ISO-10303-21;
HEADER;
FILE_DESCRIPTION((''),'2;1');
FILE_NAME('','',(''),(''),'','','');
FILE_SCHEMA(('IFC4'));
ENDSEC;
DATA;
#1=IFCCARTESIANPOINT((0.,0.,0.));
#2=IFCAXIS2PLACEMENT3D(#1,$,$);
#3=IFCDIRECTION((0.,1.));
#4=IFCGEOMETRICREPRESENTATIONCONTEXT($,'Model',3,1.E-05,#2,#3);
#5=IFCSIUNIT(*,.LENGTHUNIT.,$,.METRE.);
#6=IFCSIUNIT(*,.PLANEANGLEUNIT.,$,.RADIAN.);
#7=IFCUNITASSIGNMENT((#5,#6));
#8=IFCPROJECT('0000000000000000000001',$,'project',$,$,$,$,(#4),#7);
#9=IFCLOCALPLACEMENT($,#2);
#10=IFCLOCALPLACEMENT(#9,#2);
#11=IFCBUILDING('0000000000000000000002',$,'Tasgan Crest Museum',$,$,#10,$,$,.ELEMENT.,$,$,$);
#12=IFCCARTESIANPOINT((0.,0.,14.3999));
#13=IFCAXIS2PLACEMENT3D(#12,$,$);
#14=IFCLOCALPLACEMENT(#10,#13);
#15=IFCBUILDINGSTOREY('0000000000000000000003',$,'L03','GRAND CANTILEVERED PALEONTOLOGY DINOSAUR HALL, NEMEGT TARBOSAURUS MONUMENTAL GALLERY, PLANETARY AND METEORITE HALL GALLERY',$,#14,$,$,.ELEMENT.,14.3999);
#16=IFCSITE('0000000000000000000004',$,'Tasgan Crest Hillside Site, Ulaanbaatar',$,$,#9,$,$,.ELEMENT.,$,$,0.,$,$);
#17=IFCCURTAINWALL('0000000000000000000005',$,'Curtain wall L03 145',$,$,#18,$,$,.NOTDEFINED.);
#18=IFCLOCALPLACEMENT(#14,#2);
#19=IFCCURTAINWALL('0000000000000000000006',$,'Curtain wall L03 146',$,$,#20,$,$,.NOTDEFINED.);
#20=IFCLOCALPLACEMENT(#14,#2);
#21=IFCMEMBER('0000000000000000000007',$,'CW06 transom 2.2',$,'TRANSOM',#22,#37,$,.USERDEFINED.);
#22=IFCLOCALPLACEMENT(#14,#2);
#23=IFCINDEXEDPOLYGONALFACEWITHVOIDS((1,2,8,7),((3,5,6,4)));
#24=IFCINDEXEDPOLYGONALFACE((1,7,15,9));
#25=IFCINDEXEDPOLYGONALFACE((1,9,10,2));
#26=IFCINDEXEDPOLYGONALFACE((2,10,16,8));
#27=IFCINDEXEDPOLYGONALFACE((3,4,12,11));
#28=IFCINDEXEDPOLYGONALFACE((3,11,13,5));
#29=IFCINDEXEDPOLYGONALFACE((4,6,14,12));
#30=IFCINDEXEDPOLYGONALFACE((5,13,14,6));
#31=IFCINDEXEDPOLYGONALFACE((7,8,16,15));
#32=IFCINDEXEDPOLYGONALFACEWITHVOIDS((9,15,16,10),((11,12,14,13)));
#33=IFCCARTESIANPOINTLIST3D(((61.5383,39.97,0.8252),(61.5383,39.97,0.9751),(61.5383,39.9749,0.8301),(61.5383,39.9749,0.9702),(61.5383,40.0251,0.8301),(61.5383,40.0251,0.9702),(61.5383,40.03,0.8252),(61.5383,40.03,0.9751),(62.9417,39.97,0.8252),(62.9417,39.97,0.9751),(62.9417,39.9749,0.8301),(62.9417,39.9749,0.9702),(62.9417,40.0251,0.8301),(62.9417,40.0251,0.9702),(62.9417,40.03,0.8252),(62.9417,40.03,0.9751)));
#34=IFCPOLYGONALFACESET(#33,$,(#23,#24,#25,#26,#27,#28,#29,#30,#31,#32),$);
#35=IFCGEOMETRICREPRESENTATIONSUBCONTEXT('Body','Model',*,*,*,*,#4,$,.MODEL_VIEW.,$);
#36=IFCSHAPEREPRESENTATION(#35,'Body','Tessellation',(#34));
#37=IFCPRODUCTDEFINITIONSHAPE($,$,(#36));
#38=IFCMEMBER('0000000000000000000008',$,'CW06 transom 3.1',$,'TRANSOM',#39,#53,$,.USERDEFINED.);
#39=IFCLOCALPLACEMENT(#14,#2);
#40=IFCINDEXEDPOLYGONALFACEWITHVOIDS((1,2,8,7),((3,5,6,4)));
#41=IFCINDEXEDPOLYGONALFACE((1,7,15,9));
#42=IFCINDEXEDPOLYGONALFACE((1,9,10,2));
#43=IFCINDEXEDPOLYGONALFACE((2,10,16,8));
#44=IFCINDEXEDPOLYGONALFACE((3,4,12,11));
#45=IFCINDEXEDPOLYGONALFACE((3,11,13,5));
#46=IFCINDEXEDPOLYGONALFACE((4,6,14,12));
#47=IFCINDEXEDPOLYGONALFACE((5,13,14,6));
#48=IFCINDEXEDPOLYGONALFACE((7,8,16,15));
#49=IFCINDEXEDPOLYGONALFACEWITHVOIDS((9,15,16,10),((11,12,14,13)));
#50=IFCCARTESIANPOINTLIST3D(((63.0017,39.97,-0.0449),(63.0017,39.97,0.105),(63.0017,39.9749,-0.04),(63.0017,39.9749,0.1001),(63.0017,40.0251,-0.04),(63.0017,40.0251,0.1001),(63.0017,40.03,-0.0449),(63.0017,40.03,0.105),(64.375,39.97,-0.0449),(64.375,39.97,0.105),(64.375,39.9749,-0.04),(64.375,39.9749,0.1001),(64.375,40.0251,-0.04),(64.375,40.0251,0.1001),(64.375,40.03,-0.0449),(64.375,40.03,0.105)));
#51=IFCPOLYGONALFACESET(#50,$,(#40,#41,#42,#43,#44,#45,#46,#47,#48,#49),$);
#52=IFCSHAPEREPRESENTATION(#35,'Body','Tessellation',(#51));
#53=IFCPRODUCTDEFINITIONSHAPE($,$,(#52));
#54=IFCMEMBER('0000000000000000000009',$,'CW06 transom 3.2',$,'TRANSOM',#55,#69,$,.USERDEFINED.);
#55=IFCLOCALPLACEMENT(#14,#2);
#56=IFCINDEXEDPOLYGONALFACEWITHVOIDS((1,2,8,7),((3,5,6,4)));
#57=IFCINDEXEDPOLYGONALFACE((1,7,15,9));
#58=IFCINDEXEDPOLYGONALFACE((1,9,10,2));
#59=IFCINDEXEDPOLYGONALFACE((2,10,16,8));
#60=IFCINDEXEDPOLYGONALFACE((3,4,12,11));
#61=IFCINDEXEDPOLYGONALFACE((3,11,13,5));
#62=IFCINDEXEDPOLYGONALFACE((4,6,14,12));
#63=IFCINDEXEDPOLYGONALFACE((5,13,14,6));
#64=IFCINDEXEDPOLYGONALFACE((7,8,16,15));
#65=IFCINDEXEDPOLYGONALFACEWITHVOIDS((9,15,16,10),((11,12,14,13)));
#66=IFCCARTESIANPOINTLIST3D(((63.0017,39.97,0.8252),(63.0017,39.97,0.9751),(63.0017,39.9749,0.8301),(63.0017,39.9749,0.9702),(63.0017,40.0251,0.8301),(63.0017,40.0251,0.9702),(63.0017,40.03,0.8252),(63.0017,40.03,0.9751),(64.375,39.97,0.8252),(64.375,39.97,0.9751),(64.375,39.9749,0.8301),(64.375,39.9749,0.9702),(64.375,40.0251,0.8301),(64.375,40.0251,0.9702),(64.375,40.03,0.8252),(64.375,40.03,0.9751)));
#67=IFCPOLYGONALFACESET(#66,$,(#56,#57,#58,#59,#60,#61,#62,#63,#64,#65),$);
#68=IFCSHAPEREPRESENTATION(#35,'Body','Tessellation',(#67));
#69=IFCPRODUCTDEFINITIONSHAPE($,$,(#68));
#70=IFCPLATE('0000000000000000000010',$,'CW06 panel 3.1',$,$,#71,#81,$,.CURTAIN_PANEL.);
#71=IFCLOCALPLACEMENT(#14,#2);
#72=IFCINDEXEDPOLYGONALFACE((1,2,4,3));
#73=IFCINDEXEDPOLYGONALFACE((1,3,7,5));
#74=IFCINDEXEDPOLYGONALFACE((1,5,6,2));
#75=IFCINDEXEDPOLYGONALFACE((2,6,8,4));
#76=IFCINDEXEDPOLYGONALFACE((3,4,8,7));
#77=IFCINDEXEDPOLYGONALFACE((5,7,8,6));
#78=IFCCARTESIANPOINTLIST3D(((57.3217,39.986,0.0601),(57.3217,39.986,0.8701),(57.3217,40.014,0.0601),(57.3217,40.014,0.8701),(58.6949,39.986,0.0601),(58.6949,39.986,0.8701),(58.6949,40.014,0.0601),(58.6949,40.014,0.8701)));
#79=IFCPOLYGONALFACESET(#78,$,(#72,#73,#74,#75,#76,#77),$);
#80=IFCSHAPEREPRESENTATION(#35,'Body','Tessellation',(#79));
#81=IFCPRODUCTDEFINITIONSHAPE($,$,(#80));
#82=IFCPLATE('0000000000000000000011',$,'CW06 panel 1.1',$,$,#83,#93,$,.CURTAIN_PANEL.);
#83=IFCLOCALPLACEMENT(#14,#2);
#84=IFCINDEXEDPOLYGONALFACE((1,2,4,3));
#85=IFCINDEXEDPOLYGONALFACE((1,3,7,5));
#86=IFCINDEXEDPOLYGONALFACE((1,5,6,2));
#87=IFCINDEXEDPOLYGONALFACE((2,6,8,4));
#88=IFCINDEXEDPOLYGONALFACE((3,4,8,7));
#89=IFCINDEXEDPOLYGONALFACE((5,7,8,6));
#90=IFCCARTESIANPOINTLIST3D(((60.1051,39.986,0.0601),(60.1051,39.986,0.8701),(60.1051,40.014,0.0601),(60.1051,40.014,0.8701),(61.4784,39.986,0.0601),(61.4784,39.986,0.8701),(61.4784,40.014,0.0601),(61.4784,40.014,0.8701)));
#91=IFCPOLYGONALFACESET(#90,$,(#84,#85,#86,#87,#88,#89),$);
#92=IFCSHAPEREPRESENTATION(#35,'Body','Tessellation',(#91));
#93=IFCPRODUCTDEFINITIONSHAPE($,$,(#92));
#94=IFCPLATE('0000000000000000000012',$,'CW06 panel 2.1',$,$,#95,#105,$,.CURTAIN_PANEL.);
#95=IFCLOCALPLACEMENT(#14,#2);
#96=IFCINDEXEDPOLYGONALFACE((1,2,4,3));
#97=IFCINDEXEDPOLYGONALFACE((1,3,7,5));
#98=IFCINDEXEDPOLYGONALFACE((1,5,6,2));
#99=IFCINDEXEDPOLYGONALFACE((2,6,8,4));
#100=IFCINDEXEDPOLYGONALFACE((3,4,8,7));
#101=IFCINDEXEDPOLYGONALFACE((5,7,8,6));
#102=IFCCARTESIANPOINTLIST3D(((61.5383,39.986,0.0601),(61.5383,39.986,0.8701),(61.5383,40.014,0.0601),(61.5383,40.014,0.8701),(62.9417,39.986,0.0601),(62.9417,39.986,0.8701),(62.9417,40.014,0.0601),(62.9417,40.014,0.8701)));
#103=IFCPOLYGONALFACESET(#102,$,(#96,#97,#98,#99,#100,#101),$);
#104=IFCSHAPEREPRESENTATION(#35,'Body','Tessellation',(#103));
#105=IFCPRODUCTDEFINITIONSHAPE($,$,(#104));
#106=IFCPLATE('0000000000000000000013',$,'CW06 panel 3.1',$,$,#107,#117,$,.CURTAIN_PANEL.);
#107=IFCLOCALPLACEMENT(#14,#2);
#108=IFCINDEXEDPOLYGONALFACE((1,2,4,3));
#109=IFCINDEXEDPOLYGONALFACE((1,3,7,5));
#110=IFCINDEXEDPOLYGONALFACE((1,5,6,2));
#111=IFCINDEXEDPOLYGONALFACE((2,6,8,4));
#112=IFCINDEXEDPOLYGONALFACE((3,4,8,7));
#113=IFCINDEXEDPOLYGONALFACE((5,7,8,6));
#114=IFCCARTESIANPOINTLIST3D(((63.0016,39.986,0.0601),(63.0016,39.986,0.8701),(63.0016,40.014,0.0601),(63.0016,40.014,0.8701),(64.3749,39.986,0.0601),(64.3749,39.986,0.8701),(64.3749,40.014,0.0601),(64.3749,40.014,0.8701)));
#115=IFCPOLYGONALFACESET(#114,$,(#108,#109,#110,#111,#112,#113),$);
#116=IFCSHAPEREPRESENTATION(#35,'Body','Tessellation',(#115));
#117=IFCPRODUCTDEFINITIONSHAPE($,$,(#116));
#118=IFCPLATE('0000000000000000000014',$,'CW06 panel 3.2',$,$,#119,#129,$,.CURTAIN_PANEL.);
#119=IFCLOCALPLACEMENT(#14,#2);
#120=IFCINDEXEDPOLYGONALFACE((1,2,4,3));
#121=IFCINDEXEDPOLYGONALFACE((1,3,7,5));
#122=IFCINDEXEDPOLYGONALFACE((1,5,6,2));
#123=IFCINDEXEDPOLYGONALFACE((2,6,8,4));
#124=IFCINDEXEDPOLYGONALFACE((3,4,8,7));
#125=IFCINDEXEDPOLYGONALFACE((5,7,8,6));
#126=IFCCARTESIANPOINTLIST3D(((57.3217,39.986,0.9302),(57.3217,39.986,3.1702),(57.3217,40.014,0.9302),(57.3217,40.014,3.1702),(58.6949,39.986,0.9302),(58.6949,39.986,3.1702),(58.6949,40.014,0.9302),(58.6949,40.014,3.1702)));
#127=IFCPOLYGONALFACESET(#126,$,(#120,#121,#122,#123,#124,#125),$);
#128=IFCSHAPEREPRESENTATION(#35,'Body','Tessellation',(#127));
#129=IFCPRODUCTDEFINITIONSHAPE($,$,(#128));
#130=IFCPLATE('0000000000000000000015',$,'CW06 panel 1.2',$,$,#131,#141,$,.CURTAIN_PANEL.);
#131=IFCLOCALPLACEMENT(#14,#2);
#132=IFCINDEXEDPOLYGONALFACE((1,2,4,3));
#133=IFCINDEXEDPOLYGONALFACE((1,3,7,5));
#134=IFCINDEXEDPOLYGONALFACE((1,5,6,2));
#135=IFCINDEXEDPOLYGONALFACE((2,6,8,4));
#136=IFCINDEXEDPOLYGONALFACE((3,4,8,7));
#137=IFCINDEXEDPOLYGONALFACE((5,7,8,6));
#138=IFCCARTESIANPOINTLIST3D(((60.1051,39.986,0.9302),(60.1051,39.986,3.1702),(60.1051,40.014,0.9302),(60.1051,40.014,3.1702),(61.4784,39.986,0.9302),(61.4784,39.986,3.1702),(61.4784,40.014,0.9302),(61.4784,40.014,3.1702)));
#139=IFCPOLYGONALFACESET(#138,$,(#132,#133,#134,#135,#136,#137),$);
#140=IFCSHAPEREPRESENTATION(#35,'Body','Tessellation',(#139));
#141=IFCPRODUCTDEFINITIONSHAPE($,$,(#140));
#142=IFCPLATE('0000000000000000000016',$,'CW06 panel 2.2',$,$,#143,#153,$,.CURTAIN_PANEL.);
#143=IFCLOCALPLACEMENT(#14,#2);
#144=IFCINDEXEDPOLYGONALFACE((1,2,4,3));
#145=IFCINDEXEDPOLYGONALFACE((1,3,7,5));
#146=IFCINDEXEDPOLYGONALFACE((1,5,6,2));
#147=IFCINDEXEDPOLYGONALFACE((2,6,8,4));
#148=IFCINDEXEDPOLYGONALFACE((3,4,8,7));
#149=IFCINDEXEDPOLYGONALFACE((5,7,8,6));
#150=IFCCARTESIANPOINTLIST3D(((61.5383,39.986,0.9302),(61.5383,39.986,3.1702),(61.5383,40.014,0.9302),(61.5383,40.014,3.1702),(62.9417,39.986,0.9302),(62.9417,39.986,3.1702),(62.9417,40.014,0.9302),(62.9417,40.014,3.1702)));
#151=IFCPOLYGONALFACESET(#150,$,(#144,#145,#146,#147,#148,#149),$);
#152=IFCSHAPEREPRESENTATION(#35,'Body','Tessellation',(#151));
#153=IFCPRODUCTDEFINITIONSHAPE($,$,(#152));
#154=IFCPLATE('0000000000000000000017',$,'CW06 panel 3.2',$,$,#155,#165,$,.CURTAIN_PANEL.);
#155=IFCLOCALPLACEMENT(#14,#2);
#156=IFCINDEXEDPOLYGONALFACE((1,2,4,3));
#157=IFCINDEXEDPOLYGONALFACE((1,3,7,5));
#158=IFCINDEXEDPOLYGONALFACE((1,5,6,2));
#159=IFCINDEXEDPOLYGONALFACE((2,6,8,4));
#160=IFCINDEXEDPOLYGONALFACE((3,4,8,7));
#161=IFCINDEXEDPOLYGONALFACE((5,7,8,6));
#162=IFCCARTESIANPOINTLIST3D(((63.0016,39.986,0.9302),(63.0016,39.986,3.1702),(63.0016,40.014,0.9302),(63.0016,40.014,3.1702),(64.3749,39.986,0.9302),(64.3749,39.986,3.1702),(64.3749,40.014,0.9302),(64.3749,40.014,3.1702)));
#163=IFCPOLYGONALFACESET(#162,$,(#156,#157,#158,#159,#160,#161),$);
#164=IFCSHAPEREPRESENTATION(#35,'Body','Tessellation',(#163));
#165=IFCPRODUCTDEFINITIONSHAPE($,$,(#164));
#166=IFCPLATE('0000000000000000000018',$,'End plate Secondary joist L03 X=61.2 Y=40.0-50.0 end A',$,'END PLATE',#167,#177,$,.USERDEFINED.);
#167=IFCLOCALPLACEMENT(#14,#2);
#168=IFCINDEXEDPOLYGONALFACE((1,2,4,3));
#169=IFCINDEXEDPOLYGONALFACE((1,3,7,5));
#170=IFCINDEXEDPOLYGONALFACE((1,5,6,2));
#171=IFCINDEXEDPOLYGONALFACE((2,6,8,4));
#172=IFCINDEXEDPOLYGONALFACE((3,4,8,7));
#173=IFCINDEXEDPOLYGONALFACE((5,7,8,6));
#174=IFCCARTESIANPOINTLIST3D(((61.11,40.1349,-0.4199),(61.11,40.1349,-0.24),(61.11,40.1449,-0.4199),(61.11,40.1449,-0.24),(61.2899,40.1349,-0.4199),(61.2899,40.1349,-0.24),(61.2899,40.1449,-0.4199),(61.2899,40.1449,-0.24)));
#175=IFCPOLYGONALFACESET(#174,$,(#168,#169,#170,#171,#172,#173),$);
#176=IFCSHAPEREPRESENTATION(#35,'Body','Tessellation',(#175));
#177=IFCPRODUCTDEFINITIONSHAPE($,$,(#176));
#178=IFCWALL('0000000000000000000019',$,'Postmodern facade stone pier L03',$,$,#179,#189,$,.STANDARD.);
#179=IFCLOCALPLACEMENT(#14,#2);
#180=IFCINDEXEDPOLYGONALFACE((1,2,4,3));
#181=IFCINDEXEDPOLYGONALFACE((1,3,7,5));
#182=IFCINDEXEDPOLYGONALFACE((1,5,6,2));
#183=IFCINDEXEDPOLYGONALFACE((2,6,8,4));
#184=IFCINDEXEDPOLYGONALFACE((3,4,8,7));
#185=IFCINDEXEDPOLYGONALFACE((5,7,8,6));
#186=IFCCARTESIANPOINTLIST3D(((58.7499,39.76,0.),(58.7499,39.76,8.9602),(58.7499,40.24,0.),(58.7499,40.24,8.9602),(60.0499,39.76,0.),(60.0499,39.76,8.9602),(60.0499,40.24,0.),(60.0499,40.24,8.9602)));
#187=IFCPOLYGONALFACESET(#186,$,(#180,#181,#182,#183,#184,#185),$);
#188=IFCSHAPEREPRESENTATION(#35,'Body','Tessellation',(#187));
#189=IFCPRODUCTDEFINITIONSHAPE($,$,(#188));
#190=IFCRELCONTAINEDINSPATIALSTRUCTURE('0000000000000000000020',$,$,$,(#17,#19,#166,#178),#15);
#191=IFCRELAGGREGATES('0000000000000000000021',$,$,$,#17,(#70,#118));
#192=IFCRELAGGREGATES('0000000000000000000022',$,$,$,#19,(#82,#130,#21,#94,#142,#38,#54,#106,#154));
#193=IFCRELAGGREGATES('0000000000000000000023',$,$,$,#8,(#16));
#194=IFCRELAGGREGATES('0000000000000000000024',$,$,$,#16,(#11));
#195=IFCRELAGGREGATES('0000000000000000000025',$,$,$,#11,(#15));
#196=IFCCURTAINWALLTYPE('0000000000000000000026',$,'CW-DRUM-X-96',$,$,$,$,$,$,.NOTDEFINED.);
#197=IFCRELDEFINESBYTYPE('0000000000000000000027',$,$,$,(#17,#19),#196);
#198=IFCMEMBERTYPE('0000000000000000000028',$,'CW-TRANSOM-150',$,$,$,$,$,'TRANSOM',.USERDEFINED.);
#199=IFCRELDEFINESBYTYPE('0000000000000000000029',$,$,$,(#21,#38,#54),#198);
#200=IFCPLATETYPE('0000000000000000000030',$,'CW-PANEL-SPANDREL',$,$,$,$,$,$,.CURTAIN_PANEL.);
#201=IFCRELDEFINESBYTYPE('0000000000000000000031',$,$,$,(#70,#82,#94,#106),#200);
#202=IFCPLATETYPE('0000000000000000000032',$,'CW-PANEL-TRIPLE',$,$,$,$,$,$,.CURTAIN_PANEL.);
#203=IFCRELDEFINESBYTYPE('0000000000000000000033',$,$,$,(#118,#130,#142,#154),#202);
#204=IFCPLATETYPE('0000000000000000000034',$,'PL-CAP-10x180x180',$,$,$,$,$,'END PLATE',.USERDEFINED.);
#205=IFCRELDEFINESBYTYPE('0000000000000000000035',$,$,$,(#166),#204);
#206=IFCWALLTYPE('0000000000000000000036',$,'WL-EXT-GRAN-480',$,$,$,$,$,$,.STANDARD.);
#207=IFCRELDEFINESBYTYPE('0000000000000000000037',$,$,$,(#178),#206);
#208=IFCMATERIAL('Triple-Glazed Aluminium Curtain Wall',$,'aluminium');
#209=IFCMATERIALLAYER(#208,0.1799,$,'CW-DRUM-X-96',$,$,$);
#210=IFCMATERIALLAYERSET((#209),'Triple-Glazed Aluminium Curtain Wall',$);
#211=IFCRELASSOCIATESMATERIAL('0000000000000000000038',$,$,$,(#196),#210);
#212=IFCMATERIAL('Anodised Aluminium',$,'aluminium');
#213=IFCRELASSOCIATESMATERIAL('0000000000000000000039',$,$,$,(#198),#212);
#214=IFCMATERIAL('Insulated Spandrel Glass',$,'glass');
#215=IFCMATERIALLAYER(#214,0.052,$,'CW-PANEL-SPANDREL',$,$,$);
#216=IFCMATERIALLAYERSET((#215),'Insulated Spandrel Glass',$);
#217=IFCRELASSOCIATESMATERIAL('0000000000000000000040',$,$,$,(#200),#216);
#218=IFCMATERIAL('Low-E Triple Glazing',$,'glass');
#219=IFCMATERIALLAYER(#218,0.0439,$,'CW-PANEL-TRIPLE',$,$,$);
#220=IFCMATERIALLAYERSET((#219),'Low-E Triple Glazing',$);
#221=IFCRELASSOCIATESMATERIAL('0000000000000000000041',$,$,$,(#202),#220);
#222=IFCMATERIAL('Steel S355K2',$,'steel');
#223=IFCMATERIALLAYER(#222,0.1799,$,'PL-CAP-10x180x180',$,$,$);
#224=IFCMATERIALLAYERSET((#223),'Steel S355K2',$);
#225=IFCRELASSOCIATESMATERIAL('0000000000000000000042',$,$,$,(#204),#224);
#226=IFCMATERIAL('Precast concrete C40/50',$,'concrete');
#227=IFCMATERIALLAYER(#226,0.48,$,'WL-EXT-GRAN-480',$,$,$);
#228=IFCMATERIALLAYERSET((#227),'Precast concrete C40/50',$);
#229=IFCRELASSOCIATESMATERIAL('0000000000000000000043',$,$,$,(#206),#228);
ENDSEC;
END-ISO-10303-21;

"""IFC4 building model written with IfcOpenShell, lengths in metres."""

from ifc_helpers import new_model, si_unit, direction, frame, frame_2d, origin, origin_2d, place, context, subcontext, project, spatial, rectangle, hollow_rectangle, extrude, material, layer, layer_set, material_profile, profile_set, type_object, element, aggregate, save


model = new_model("IFC4")

# Units and contexts
model_context = context("Model", 3, precision=1e-05, world=origin(), true_north=direction((0.0, 1.0)))
body_context = subcontext(model_context, "Body", "Model", "MODEL_VIEW")
ifc_project = project(units=[si_unit("LENGTHUNIT", "METRE"), si_unit("PLANEANGLEUNIT", "RADIAN")], contexts=[model_context])

# Site, building, storey
site_placement = place(None, origin())
site = spatial("IfcSite", under=ifc_project, at=site_placement, Name="Tasgan Crest Hillside Site, Ulaanbaatar", CompositionType="ELEMENT", RefElevation=0.0)
building_placement = place(site_placement, origin())
building = spatial("IfcBuilding", under=site, at=building_placement, Name="Tasgan Crest Museum", CompositionType="ELEMENT")
storey_placement = place(building_placement, frame((0.0, 0.0, 14.3999)))
storey = spatial("IfcBuildingStorey", under=building, at=storey_placement, Name="L03", Description="GRAND CANTILEVERED PALEONTOLOGY DINOSAUR HALL, NEMEGT TARBOSAURUS MONUMENTAL GALLERY, PLANETARY AND METEORITE HALL GALLERY", CompositionType="ELEMENT", Elevation=14.3999)

# Curtain wall
ifc_material_1 = material(Name="Triple-Glazed Aluminium Curtain Wall", Category="aluminium")
ifc_layer_1 = layer(ifc_material_1, 0.1799, Name="CW-DRUM-X-96")
ifc_layer_set_1 = layer_set([ifc_layer_1], Name="Triple-Glazed Aluminium Curtain Wall")
curtain_wall_type = type_object("IfcCurtainWallType", Name="CW-DRUM-X-96", PredefinedType="NOTDEFINED", material=ifc_layer_set_1)
curtain_wall_1_placement = place(storey_placement, origin())
curtain_wall_1 = element("IfcCurtainWall", 1, at=curtain_wall_1_placement, inside=storey, type_object=curtain_wall_type, Name="Curtain wall L03 145", PredefinedType="NOTDEFINED")

# Curtain wall, members
curtain_wall_2_placement = place(storey_placement, origin())
curtain_wall_2 = element("IfcCurtainWall", 2, at=curtain_wall_2_placement, inside=storey, type_object=curtain_wall_type, Name="Curtain wall L03 146", PredefinedType="NOTDEFINED")
ifc_material_2 = material(Name="Anodised Aluminium", Category="aluminium")
ifc_material_profile_1 = material_profile(ifc_material_2, hollow_rectangle(XDim=0.0601, YDim=0.1499, WallThickness=0.0049, at=origin_2d()), Name="ALU TRANSOM 150x60x5")
ifc_profile_set_1 = profile_set([ifc_material_profile_1], Name="Anodised Aluminium")
member_type_1 = type_object("IfcMemberType", Name="CW-TRANSOM-150", ElementType="TRANSOM", PredefinedType="USERDEFINED", material=ifc_profile_set_1)
member_1_placement = place(storey_placement, frame((61.5383, 40.0, 0.9001), z_axis=(1.0, 0.0, 0.0), x_axis=(0.0, 1.0, 0.0)))
member_1 = element("IfcMember", 3, at=member_1_placement, type_object=member_type_1, Name="CW06 transom 2.2", ObjectType="TRANSOM", PredefinedType="USERDEFINED", context=body_context, shape_type="SweptSolid", body=[
    extrude(hollow_rectangle(XDim=0.0601, YDim=0.1499, WallThickness=0.0049, at=origin_2d()), origin(), (0.0, 0.0, 1.0), 1.4033),
])
member_2_placement = place(storey_placement, frame((63.0017, 40.0, 0.03), z_axis=(1.0, 0.0, 0.0), x_axis=(0.0, 1.0, 0.0)))
member_2 = element("IfcMember", 4, at=member_2_placement, type_object=member_type_1, Name="CW06 transom 3.1", ObjectType="TRANSOM", PredefinedType="USERDEFINED", context=body_context, shape_type="SweptSolid", body=[
    extrude(hollow_rectangle(XDim=0.0601, YDim=0.1499, WallThickness=0.0049, at=origin_2d()), origin(), (0.0, 0.0, 1.0), 1.3733),
])
member_3_placement = place(storey_placement, frame((63.0017, 40.0, 0.9001), z_axis=(1.0, 0.0, 0.0), x_axis=(0.0, 1.0, 0.0)))
member_3 = element("IfcMember", 5, at=member_3_placement, type_object=member_type_1, Name="CW06 transom 3.2", ObjectType="TRANSOM", PredefinedType="USERDEFINED", context=body_context, shape_type="SweptSolid", body=[
    extrude(hollow_rectangle(XDim=0.0601, YDim=0.1499, WallThickness=0.0049, at=origin_2d()), origin(), (0.0, 0.0, 1.0), 1.3733),
])

# Plates
ifc_material_3 = material(Name="Insulated Spandrel Glass", Category="glass")
ifc_layer_2 = layer(ifc_material_3, 0.052, Name="CW-PANEL-SPANDREL")
ifc_layer_set_2 = layer_set([ifc_layer_2], Name="Insulated Spandrel Glass")
plate_type_1 = type_object("IfcPlateType", Name="CW-PANEL-SPANDREL", PredefinedType="CURTAIN_PANEL", material=ifc_layer_set_2)
plate_1_placement = place(storey_placement, frame((58.0083, 40.0, 0.0601), z_axis=(0.0, 0.0, 1.0), x_axis=(1.0, 0.0, 0.0)))
plate_1 = element("IfcPlate", 6, at=plate_1_placement, type_object=plate_type_1, Name="CW06 panel 3.1", PredefinedType="CURTAIN_PANEL", context=body_context, shape_type="SweptSolid", body=[
    extrude(rectangle(XDim=1.3733, YDim=0.0281, at=origin_2d()), origin(), (0.0, 0.0, 1.0), 0.8101),
])
plate_2_placement = place(storey_placement, frame((60.7917, 40.0, 0.0601), z_axis=(0.0, 0.0, 1.0), x_axis=(1.0, 0.0, 0.0)))
plate_2 = element("IfcPlate", 7, at=plate_2_placement, type_object=plate_type_1, Name="CW06 panel 1.1", PredefinedType="CURTAIN_PANEL", context=body_context, shape_type="SweptSolid", body=[
    extrude(rectangle(XDim=1.3733, YDim=0.0281, at=origin_2d()), origin(), (0.0, 0.0, 1.0), 0.8101),
])
plate_3_placement = place(storey_placement, frame((62.24, 40.0, 0.0601), z_axis=(0.0, 0.0, 1.0), x_axis=(1.0, 0.0, 0.0)))
plate_3 = element("IfcPlate", 8, at=plate_3_placement, type_object=plate_type_1, Name="CW06 panel 2.1", PredefinedType="CURTAIN_PANEL", context=body_context, shape_type="SweptSolid", body=[
    extrude(rectangle(XDim=1.4033, YDim=0.0281, at=origin_2d()), origin(), (0.0, 0.0, 1.0), 0.8101),
])
plate_4_placement = place(storey_placement, frame((63.6882, 40.0, 0.0601), z_axis=(0.0, 0.0, 1.0), x_axis=(1.0, 0.0, 0.0)))
plate_4 = element("IfcPlate", 9, at=plate_4_placement, type_object=plate_type_1, Name="CW06 panel 3.1", PredefinedType="CURTAIN_PANEL", context=body_context, shape_type="SweptSolid", body=[
    extrude(rectangle(XDim=1.3733, YDim=0.0281, at=origin_2d()), origin(), (0.0, 0.0, 1.0), 0.8101),
])
ifc_material_4 = material(Name="Low-E Triple Glazing", Category="glass")
ifc_layer_3 = layer(ifc_material_4, 0.0439, Name="CW-PANEL-TRIPLE")
ifc_layer_set_3 = layer_set([ifc_layer_3], Name="Low-E Triple Glazing")
plate_type_2 = type_object("IfcPlateType", Name="CW-PANEL-TRIPLE", PredefinedType="CURTAIN_PANEL", material=ifc_layer_set_3)
plate_5_placement = place(storey_placement, frame((58.0083, 40.0, 0.9302), z_axis=(0.0, 0.0, 1.0), x_axis=(1.0, 0.0, 0.0)))
plate_5 = element("IfcPlate", 10, at=plate_5_placement, type_object=plate_type_2, Name="CW06 panel 3.2", PredefinedType="CURTAIN_PANEL", context=body_context, shape_type="SweptSolid", body=[
    extrude(rectangle(XDim=1.3733, YDim=0.0281, at=origin_2d()), origin(), (0.0, 0.0, 1.0), 2.24),
])
aggregate(curtain_wall_1, [plate_1, plate_5])
plate_6_placement = place(storey_placement, frame((60.7917, 40.0, 0.9302), z_axis=(0.0, 0.0, 1.0), x_axis=(1.0, 0.0, 0.0)))
plate_6 = element("IfcPlate", 11, at=plate_6_placement, type_object=plate_type_2, Name="CW06 panel 1.2", PredefinedType="CURTAIN_PANEL", context=body_context, shape_type="SweptSolid", body=[
    extrude(rectangle(XDim=1.3733, YDim=0.0281, at=origin_2d()), origin(), (0.0, 0.0, 1.0), 2.24),
])
plate_7_placement = place(storey_placement, frame((62.24, 40.0, 0.9302), z_axis=(0.0, 0.0, 1.0), x_axis=(1.0, 0.0, 0.0)))
plate_7 = element("IfcPlate", 12, at=plate_7_placement, type_object=plate_type_2, Name="CW06 panel 2.2", PredefinedType="CURTAIN_PANEL", context=body_context, shape_type="SweptSolid", body=[
    extrude(rectangle(XDim=1.4033, YDim=0.0281, at=origin_2d()), origin(), (0.0, 0.0, 1.0), 2.24),
])
plate_8_placement = place(storey_placement, frame((63.6882, 40.0, 0.9302), z_axis=(0.0, 0.0, 1.0), x_axis=(1.0, 0.0, 0.0)))
plate_8 = element("IfcPlate", 13, at=plate_8_placement, type_object=plate_type_2, Name="CW06 panel 3.2", PredefinedType="CURTAIN_PANEL", context=body_context, shape_type="SweptSolid", body=[
    extrude(rectangle(XDim=1.3733, YDim=0.0281, at=origin_2d()), origin(), (0.0, 0.0, 1.0), 2.24),
])
aggregate(curtain_wall_2, [plate_2, plate_6, member_1, plate_3, plate_7, member_2, member_3, plate_4, plate_8])
ifc_material_5 = material(Name="Steel S355K2", Category="steel")
ifc_layer_4 = layer(ifc_material_5, 0.1799, Name="PL-CAP-10x180x180")
ifc_layer_set_4 = layer_set([ifc_layer_4], Name="Steel S355K2")
plate_type_3 = type_object("IfcPlateType", Name="PL-CAP-10x180x180", ElementType="END PLATE", PredefinedType="USERDEFINED", material=ifc_layer_set_4)
plate_9_placement = place(storey_placement, frame((61.2, 40.1399, -0.4199), z_axis=(0.0, 0.0, 1.0), x_axis=(0.0, 1.0, 0.0)))
element("IfcPlate", 14, at=plate_9_placement, inside=storey, type_object=plate_type_3, Name="End plate Secondary joist L03 X=61.2 Y=40.0-50.0 end A", ObjectType="END PLATE", PredefinedType="USERDEFINED", context=body_context, shape_type="SweptSolid", body=[
    extrude(rectangle(XDim=0.01, YDim=0.1799, at=origin_2d()), origin(), (0.0, 0.0, 1.0), 0.1799),
])

# Wall
ifc_material_6 = material(Name="Precast concrete C40/50", Category="concrete")
ifc_layer_5 = layer(ifc_material_6, 0.48, Name="WL-EXT-GRAN-480")
ifc_layer_set_5 = layer_set([ifc_layer_5], Name="Precast concrete C40/50")
wall_type = type_object("IfcWallType", Name="WL-EXT-GRAN-480", PredefinedType="STANDARD", material=ifc_layer_set_5)
wall_placement = place(storey_placement, frame((58.75, 40.0, 0.0), z_axis=(0.0, 0.0, 1.0), x_axis=(1.0, 0.0, 0.0)))
element("IfcWall", 15, at=wall_placement, inside=storey, type_object=wall_type, Name="Postmodern facade stone pier L03", PredefinedType="STANDARD", context=body_context, shape_type="SweptSolid", body=[
    extrude(rectangle(XDim=1.3, YDim=0.48, at=frame_2d((0.6499, 0.0))), origin(), (0.0, 0.0, 1.0), 8.9602),
])

save(model, "model.ifc")
